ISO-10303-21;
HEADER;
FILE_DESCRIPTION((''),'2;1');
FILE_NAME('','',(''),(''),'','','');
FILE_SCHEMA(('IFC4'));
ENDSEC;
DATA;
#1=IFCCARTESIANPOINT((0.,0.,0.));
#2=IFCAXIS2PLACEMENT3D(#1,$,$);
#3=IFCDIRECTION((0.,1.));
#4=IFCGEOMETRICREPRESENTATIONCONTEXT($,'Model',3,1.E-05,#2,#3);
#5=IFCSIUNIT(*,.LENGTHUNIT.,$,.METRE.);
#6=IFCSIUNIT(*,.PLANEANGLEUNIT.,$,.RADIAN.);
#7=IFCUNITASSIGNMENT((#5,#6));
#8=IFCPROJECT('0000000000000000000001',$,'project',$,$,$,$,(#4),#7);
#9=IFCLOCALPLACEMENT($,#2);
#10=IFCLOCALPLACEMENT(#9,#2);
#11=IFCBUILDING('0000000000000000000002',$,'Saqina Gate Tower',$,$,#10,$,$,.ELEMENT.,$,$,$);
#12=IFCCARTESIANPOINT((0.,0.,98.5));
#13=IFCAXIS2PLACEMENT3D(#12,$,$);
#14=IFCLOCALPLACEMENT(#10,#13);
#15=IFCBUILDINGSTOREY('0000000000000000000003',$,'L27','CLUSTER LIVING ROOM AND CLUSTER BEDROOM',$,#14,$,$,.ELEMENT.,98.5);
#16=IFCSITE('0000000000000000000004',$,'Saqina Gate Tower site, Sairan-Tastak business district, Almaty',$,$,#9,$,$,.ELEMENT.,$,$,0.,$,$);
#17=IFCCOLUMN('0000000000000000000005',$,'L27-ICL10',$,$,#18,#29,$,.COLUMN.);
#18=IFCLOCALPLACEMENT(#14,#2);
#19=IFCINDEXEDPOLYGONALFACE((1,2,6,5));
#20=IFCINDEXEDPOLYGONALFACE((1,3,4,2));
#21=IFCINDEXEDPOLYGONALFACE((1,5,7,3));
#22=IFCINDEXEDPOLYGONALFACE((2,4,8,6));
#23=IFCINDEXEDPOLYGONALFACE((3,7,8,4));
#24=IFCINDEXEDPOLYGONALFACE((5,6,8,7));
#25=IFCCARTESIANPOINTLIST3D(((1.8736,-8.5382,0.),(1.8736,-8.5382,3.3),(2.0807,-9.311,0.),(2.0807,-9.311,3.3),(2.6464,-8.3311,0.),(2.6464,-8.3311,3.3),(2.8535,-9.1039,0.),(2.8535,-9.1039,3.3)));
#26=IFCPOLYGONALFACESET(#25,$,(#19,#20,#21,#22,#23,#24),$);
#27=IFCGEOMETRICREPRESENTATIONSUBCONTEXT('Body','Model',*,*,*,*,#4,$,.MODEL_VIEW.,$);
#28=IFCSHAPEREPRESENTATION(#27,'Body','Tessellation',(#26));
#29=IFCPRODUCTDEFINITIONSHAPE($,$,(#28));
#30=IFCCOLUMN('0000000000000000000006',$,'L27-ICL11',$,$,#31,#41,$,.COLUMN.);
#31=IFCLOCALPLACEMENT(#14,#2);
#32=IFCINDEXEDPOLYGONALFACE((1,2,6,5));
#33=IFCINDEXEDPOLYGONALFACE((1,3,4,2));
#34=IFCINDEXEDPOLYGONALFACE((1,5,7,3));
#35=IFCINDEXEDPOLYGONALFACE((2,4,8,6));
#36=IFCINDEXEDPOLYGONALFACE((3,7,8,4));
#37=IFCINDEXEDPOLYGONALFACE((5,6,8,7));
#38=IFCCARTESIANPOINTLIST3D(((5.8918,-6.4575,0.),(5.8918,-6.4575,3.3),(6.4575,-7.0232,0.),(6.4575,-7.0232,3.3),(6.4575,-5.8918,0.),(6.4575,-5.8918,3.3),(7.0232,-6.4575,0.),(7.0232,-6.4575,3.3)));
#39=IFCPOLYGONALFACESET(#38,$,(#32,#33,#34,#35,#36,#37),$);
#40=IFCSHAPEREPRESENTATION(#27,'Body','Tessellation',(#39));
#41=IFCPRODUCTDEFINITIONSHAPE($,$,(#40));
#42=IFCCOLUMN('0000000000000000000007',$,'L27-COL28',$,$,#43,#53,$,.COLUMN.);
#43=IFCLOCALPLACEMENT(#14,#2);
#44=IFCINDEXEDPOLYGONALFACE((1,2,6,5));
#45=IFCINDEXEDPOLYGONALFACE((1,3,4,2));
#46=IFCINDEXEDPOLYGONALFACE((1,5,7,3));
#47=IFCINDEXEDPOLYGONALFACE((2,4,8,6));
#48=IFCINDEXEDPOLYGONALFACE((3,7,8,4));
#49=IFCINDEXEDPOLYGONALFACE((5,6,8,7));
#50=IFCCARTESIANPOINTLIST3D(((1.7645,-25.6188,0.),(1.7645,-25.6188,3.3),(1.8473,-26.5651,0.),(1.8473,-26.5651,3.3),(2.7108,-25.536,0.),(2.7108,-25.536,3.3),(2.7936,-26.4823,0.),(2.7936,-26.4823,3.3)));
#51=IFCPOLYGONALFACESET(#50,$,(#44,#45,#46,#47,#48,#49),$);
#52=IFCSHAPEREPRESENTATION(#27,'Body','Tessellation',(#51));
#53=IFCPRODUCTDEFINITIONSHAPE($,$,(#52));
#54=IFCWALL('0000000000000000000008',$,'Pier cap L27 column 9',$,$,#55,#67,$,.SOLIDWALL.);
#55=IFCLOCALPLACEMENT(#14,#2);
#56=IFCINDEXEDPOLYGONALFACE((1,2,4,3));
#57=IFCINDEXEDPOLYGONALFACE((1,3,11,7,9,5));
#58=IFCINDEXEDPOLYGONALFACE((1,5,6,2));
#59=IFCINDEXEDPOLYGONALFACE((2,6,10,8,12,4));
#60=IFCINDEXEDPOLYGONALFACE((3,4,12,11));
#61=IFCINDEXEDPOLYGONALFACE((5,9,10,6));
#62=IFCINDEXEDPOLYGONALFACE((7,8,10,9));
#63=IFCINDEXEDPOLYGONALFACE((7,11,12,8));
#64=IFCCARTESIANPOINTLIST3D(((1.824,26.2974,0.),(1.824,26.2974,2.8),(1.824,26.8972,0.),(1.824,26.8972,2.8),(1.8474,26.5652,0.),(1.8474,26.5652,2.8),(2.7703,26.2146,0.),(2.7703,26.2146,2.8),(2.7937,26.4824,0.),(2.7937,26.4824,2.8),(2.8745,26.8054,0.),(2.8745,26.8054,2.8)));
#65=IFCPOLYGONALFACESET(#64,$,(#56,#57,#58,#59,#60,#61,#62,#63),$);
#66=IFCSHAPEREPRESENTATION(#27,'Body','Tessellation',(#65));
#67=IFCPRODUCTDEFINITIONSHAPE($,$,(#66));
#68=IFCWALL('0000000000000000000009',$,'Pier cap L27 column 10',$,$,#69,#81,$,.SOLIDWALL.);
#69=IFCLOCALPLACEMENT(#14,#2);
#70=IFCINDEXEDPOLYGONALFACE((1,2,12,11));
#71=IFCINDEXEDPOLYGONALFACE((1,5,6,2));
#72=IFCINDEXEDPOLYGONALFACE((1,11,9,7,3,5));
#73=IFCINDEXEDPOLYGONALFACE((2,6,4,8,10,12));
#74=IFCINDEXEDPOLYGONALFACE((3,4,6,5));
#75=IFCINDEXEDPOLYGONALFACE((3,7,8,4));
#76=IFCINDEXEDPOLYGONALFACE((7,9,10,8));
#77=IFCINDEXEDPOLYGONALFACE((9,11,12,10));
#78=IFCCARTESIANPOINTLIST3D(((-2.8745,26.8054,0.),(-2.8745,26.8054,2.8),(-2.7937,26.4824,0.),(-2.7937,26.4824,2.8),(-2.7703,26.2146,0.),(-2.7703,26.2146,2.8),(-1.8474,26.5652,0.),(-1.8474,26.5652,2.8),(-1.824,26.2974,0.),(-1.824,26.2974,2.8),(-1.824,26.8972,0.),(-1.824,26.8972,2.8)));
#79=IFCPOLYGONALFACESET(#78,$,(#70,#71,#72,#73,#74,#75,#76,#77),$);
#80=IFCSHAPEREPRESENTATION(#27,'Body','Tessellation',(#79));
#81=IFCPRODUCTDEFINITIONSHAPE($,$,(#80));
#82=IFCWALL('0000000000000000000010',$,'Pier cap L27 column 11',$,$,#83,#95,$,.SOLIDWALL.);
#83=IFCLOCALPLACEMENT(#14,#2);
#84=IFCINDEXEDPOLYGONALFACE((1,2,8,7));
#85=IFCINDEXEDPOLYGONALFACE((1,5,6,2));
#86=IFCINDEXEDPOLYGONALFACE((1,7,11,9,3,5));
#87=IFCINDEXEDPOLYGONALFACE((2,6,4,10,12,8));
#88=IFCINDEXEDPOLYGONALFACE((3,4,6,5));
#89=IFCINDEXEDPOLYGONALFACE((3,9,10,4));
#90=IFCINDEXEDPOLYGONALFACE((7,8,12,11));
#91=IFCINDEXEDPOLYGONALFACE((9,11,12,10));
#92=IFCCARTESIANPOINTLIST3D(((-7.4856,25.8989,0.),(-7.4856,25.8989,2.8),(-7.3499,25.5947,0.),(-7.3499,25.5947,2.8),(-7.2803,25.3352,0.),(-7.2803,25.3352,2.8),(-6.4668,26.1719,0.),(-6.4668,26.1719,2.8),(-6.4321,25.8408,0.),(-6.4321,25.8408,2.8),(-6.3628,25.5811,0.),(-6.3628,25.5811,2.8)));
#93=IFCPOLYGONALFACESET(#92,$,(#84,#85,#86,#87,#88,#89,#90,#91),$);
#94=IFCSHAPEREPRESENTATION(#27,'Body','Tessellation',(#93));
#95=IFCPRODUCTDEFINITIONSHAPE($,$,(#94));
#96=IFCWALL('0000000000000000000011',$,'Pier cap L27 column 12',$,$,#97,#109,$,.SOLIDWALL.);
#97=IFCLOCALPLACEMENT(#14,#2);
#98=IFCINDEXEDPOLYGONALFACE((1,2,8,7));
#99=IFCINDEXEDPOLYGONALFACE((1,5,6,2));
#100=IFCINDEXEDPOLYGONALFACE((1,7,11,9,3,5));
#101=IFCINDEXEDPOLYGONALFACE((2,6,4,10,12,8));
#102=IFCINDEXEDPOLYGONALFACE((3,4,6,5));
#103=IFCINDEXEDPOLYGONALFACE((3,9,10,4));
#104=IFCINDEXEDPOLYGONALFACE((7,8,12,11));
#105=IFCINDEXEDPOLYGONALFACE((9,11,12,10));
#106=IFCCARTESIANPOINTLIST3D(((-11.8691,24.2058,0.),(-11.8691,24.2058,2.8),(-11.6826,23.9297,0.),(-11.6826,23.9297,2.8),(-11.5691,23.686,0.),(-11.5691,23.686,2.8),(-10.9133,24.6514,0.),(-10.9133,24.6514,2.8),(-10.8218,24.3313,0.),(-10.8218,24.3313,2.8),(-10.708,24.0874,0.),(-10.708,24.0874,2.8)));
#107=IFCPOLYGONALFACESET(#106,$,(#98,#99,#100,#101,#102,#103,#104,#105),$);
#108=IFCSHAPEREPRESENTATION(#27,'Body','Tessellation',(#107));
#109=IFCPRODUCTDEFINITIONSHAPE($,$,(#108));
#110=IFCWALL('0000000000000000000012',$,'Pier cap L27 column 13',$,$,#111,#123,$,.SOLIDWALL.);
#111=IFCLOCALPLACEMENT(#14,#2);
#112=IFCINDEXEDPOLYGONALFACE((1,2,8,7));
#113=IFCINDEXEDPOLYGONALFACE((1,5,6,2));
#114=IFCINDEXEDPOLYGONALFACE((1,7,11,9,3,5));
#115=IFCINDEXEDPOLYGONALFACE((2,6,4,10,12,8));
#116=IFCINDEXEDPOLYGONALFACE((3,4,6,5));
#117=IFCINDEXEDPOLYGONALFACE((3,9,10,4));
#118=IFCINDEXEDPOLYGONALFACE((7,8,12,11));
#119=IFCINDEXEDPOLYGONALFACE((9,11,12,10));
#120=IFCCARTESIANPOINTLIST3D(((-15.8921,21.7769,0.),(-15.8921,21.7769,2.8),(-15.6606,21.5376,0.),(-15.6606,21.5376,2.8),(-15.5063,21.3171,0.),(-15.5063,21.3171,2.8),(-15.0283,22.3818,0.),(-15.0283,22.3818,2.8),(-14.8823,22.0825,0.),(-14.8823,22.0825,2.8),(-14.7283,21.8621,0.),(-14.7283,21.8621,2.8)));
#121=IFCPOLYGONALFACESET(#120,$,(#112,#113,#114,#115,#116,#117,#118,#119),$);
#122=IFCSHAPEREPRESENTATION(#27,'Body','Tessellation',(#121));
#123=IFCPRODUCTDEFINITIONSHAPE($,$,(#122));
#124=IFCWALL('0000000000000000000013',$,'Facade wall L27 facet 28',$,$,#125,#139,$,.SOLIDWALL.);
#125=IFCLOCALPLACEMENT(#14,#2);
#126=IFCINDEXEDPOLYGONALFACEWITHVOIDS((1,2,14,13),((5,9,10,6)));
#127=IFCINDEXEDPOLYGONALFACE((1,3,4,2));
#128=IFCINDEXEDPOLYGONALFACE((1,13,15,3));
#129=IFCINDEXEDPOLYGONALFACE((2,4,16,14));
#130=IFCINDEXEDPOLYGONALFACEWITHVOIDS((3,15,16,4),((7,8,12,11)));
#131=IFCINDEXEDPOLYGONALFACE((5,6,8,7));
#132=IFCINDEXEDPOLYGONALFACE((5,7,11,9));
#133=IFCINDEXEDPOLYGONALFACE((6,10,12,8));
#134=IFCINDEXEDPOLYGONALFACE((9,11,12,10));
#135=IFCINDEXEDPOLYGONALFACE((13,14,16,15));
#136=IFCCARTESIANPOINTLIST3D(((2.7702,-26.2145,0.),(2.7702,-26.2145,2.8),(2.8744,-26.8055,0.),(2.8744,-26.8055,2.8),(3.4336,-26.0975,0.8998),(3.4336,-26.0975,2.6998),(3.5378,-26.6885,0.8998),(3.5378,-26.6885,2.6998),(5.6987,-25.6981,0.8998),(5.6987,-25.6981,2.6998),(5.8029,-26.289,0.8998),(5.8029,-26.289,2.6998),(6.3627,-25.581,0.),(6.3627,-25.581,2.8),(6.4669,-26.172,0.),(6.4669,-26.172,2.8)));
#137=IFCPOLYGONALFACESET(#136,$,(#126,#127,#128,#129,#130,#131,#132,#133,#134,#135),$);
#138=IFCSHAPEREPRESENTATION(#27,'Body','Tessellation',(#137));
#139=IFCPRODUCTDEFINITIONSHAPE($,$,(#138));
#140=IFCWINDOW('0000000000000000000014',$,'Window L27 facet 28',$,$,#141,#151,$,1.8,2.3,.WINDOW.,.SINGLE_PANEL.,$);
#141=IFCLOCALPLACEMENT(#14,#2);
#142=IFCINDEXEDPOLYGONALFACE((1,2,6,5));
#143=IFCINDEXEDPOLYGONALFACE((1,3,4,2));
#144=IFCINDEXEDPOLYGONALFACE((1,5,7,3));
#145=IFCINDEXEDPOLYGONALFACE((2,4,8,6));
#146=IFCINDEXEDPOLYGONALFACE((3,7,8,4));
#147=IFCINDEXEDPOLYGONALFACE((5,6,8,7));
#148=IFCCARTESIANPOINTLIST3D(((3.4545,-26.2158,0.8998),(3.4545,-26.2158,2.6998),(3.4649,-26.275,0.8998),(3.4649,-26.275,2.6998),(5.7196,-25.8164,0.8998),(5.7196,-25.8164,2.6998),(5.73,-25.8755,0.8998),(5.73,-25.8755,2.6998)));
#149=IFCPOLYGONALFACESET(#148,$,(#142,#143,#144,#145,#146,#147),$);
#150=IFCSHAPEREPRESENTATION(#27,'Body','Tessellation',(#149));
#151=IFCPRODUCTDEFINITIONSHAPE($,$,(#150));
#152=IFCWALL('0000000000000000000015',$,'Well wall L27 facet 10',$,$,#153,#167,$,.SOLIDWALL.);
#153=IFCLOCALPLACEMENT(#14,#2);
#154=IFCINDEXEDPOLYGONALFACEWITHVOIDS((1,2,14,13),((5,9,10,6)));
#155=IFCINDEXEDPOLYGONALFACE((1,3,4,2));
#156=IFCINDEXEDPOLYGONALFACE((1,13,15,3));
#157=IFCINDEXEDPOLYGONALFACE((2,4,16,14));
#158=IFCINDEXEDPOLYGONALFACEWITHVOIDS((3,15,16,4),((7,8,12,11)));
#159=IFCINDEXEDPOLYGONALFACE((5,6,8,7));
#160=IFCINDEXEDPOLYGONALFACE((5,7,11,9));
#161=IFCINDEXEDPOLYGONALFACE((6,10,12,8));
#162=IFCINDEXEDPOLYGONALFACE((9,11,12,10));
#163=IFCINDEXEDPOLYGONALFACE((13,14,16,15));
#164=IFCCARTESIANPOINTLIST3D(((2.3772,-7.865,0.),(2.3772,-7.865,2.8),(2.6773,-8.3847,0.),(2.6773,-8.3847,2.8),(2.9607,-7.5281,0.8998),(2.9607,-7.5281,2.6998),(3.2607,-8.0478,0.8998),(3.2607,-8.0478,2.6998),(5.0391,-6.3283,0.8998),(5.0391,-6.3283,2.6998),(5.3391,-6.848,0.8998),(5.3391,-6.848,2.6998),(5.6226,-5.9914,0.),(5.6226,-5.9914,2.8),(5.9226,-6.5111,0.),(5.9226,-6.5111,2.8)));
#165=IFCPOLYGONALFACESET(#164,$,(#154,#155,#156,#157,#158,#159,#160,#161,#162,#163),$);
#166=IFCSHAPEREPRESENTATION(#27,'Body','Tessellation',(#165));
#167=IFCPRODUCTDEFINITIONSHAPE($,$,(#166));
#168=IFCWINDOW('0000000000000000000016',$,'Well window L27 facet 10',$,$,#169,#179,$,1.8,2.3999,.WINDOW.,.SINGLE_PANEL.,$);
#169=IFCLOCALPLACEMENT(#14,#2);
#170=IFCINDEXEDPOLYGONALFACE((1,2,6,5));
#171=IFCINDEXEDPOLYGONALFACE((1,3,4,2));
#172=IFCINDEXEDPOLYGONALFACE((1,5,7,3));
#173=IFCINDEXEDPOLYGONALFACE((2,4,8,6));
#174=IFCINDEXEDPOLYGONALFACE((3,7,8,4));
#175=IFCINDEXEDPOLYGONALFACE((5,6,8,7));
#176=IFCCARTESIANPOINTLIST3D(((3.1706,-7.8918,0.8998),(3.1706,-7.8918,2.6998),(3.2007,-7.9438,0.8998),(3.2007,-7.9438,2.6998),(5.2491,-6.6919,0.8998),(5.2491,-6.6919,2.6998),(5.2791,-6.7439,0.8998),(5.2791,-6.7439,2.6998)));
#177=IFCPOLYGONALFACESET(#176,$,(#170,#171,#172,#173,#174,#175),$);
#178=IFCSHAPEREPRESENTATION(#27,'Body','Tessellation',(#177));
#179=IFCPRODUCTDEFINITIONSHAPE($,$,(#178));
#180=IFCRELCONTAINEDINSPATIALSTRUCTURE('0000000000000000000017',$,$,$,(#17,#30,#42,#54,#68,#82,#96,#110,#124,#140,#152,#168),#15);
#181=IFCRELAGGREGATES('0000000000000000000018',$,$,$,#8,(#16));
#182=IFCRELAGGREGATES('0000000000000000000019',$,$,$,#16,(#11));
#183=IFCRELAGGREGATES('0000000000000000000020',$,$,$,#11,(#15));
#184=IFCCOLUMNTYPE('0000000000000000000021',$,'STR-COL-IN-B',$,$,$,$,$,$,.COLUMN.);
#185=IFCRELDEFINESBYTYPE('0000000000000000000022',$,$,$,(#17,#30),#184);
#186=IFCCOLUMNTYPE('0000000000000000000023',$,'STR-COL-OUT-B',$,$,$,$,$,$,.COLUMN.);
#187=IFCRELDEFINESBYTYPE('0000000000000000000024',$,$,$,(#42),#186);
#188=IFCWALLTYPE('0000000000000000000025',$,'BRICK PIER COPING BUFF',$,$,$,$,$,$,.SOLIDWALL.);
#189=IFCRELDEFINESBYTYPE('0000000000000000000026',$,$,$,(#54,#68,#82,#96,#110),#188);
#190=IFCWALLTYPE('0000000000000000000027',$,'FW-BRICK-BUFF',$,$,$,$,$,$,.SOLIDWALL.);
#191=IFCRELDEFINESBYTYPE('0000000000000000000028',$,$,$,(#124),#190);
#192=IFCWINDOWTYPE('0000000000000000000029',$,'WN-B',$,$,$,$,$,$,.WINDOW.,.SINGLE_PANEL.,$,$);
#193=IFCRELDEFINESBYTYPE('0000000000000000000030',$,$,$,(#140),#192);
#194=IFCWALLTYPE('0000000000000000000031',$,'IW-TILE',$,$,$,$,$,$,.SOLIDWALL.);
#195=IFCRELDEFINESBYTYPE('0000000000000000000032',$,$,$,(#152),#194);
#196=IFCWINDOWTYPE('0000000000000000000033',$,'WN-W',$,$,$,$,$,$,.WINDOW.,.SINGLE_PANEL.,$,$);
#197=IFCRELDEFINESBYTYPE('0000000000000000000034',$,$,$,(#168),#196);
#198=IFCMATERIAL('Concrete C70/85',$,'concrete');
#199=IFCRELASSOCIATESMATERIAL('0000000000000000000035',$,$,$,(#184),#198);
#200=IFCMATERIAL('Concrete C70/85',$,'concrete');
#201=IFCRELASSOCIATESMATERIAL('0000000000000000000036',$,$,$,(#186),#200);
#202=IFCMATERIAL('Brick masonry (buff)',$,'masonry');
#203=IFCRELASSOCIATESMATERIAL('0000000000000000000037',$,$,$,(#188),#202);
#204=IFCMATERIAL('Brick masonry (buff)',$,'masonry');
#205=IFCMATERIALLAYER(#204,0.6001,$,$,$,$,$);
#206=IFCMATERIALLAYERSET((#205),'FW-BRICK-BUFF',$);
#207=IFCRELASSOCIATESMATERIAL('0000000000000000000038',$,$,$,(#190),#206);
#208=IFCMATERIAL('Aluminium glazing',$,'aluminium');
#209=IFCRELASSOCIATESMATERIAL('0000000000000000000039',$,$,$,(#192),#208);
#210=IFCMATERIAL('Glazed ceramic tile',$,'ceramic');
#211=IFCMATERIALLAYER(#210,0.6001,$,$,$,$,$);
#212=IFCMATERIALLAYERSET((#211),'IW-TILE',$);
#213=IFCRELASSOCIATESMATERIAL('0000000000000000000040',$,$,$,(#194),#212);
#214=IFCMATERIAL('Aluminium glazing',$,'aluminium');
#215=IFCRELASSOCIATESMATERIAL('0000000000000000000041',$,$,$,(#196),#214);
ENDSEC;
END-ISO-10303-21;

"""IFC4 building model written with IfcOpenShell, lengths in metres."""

from ifc_helpers import new_model, si_unit, direction, frame, frame_2d, origin, origin_2d, place, context, subcontext, project, spatial, polyline, rectangle, outline, extrude, material, layer, layer_set, material_profile, profile_set, type_object, element, fill, save


model = new_model("IFC4")

# Units and contexts
model_context = context("Model", 3, precision=1e-05, world=origin(), true_north=direction((0.0, 1.0)))
body_context = subcontext(model_context, "Body", "Model", "MODEL_VIEW")
ifc_project = project(units=[si_unit("LENGTHUNIT", "METRE"), si_unit("PLANEANGLEUNIT", "RADIAN")], contexts=[model_context])

# Site, building, storey
site_placement = place(None, origin())
site = spatial("IfcSite", under=ifc_project, at=site_placement, Name="Saqina Gate Tower site, Sairan-Tastak business district, Almaty", CompositionType="ELEMENT", RefElevation=0.0)
building_placement = place(site_placement, origin())
building = spatial("IfcBuilding", under=site, at=building_placement, Name="Saqina Gate Tower", CompositionType="ELEMENT")
storey_placement = place(building_placement, frame((0.0, 0.0, 98.5)))
storey = spatial("IfcBuildingStorey", under=building, at=storey_placement, Name="L27", Description="CLUSTER LIVING ROOM AND CLUSTER BEDROOM", CompositionType="ELEMENT", Elevation=98.5)

# Columns
ifc_material_1 = material(Name="Concrete C70/85", Category="concrete")
ifc_material_profile_1 = material_profile(ifc_material_1, rectangle(XDim=0.8, YDim=0.8, at=origin_2d()), Name="RC 800x800")
ifc_profile_set_1 = profile_set([ifc_material_profile_1], Name="Concrete C70/85")
column_type_1 = type_object("IfcColumnType", Name="STR-COL-IN-B", PredefinedType="COLUMN", material=ifc_profile_set_1)
for number, where, z_axis, x_axis, name in (
    (1, (2.3635, -8.821, 0.0), (0.0, 0.0, 1.0), (0.258819, -0.965926, 0.0), "L27-ICL10"),
    (2, (6.4575, -6.4575, 0.0), (0.0, 0.0, 1.0), (0.707107, -0.707107, 0.0), "L27-ICL11"),
):
    element("IfcColumn", number, at=place(storey_placement, frame(where, z_axis=z_axis, x_axis=x_axis)), inside=storey, type_object=column_type_1, Name=name, PredefinedType="COLUMN", context=body_context, shape_type="SweptSolid", body=[
        extrude(rectangle(XDim=0.8, YDim=0.8, at=origin_2d()), origin(), (0.0, 0.0, 1.0), 3.3),
    ])
ifc_material_2 = material(Name="Concrete C70/85", Category="concrete")
ifc_material_profile_2 = material_profile(ifc_material_2, rectangle(XDim=0.95, YDim=0.95, at=origin_2d()), Name="RC 950x950")
ifc_profile_set_2 = profile_set([ifc_material_profile_2], Name="Concrete C70/85")
column_type_2 = type_object("IfcColumnType", Name="STR-COL-OUT-B", PredefinedType="COLUMN", material=ifc_profile_set_2)
column_placement = place(storey_placement, frame((2.2791, -26.0505, 0.0), z_axis=(0.0, 0.0, 1.0), x_axis=(0.087156, -0.996195, 0.0)))
element("IfcColumn", 3, at=column_placement, inside=storey, type_object=column_type_2, Name="L27-COL28", PredefinedType="COLUMN", context=body_context, shape_type="SweptSolid", body=[
    extrude(rectangle(XDim=0.95, YDim=0.95, at=origin_2d()), origin(), (0.0, 0.0, 1.0), 3.3),
])

# Walls
ifc_material_3 = material(Name="Brick masonry (buff)", Category="masonry")
wall_type_1 = type_object("IfcWallType", Name="BRICK PIER COPING BUFF", PredefinedType="SOLIDWALL", material=ifc_material_3)
wall_1_placement = place(storey_placement, origin())
element("IfcWall", 4, at=wall_1_placement, inside=storey, type_object=wall_type_1, Name="Pier cap L27 column 9", PredefinedType="SOLIDWALL", context=body_context, shape_type="SweptSolid", body=[
    extrude(outline(polyline([(2.8745, 26.8054), (1.824, 26.8972), (1.824, 26.2974), (1.8474, 26.5652), (2.7937, 26.4824), (2.7703, 26.2146), (2.8745, 26.8054)])), origin(), (0.0, 0.0, 1.0), 2.8),
])
wall_2_placement = place(storey_placement, origin())
element("IfcWall", 5, at=wall_2_placement, inside=storey, type_object=wall_type_1, Name="Pier cap L27 column 10", PredefinedType="SOLIDWALL", context=body_context, shape_type="SweptSolid", body=[
    extrude(outline(polyline([(-2.8745, 26.8054), (-2.7703, 26.2146), (-2.7937, 26.4824), (-1.8474, 26.5652), (-1.824, 26.2974), (-1.824, 26.8972), (-2.8745, 26.8054)])), origin(), (0.0, 0.0, 1.0), 2.8),
])
wall_3_placement = place(storey_placement, origin())
element("IfcWall", 6, at=wall_3_placement, inside=storey, type_object=wall_type_1, Name="Pier cap L27 column 11", PredefinedType="SOLIDWALL", context=body_context, shape_type="SweptSolid", body=[
    extrude(outline(polyline([(-6.4668, 26.1719), (-7.4856, 25.8989), (-7.2803, 25.3352), (-7.3499, 25.5947), (-6.4321, 25.8408), (-6.3628, 25.5811), (-6.4668, 26.1719)])), origin(), (0.0, 0.0, 1.0), 2.8),
])
wall_4_placement = place(storey_placement, origin())
element("IfcWall", 7, at=wall_4_placement, inside=storey, type_object=wall_type_1, Name="Pier cap L27 column 12", PredefinedType="SOLIDWALL", context=body_context, shape_type="SweptSolid", body=[
    extrude(outline(polyline([(-10.9133, 24.6514), (-11.8691, 24.2058), (-11.5691, 23.686), (-11.6826, 23.9297), (-10.8218, 24.3313), (-10.708, 24.0874), (-10.9133, 24.6514)])), origin(), (0.0, 0.0, 1.0), 2.8),
])
wall_5_placement = place(storey_placement, origin())
element("IfcWall", 8, at=wall_5_placement, inside=storey, type_object=wall_type_1, Name="Pier cap L27 column 13", PredefinedType="SOLIDWALL", context=body_context, shape_type="SweptSolid", body=[
    extrude(outline(polyline([(-15.8921, 21.7769), (-15.5063, 21.3171), (-15.6606, 21.5376), (-14.8823, 22.0825), (-14.7283, 21.8621), (-15.0283, 22.3818), (-15.8921, 21.7769)])), origin(), (0.0, 0.0, 1.0), 2.8),
])

# Walls, openings, windows
ifc_material_4 = material(Name="Brick masonry (buff)", Category="masonry")
ifc_layer_1 = layer(ifc_material_4, 0.6001)
ifc_layer_set_1 = layer_set([ifc_layer_1], Name="FW-BRICK-BUFF")
wall_type_2 = type_object("IfcWallType", Name="FW-BRICK-BUFF", PredefinedType="SOLIDWALL", material=ifc_layer_set_1)
wall_6_placement = place(storey_placement, frame((2.8223, -26.51, 0.0), z_axis=(0.0, 0.0, 1.0), x_axis=(0.984804, 0.173671, 0.0)))
wall_6 = element("IfcWall", 9, at=wall_6_placement, inside=storey, type_object=wall_type_2, Name="Facade wall L27 facet 28", PredefinedType="SOLIDWALL", context=body_context, shape_type="SweptSolid", body=[
    extrude(rectangle(XDim=3.6479, YDim=0.6001, at=frame_2d((1.824, 0.0))), origin(), (0.0, 0.0, 1.0), 2.8),
])
opening_1_placement = place(wall_6_placement, frame((0.6738, 0.0, 0.8999)))
opening_1 = element("IfcOpeningElement", 10, at=opening_1_placement, cuts=wall_6, PredefinedType="OPENING", context=body_context, shape_type="SweptSolid", body=[
    extrude(rectangle(XDim=2.3, YDim=1.8, at=frame_2d((1.1499, 0.8999))), frame((0.0, 0.312, 0.0), z_axis=(0.0, -1.0, 0.0), x_axis=(1.0, 0.0, 0.0)), (0.0, 0.0, 1.0), 0.624),
])
ifc_material_5 = material(Name="Aluminium glazing", Category="aluminium")
window_type_1 = type_object("IfcWindowType", Name="WN-B", PartitioningType="SINGLE_PANEL", PredefinedType="WINDOW", material=ifc_material_5)
window_1_placement = place(opening_1_placement, origin())
window_1 = element("IfcWindow", 11, at=window_1_placement, inside=storey, type_object=window_type_1, Name="Window L27 facet 28", OverallHeight=1.8, OverallWidth=2.3, PartitioningType="SINGLE_PANEL", PredefinedType="WINDOW", context=body_context, shape_type="SweptSolid", body=[
    extrude(rectangle(XDim=2.3, YDim=1.8, at=frame_2d((1.1499, 0.8999))), frame((0.0, 0.1799, 0.0), z_axis=(0.0, -1.0, 0.0), x_axis=(1.0, 0.0, 0.0)), (0.0, 0.0, 1.0), 0.0601),
])
fill(opening_1, window_1)
ifc_material_6 = material(Name="Glazed ceramic tile", Category="ceramic")
ifc_layer_2 = layer(ifc_material_6, 0.6001)
ifc_layer_set_2 = layer_set([ifc_layer_2], Name="IW-TILE")
wall_type_3 = type_object("IfcWallType", Name="IW-TILE", PredefinedType="SOLIDWALL", material=ifc_layer_set_2)
wall_7_placement = place(storey_placement, frame((2.5273, -8.1248, 0.0), z_axis=(0.0, 0.0, 1.0), x_axis=(0.866046, 0.499965, 0.0)))
wall_7 = element("IfcWall", 12, at=wall_7_placement, inside=storey, type_object=wall_type_3, Name="Well wall L27 facet 10", PredefinedType="SOLIDWALL", context=body_context, shape_type="SweptSolid", body=[
    extrude(rectangle(XDim=3.7473, YDim=0.6001, at=frame_2d((1.8735, 0.0))), origin(), (0.0, 0.0, 1.0), 2.8),
])
opening_2_placement = place(wall_7_placement, frame((0.6736, 0.0, 0.8999)))
opening_2 = element("IfcOpeningElement", 13, at=opening_2_placement, cuts=wall_7, PredefinedType="OPENING", context=body_context, shape_type="SweptSolid", body=[
    extrude(rectangle(XDim=2.3999, YDim=1.8, at=frame_2d((1.2, 0.8999))), frame((0.0, 0.312, 0.0), z_axis=(0.0, -1.0, 0.0), x_axis=(1.0, 0.0, 0.0)), (0.0, 0.0, 1.0), 0.624),
])
ifc_material_7 = material(Name="Aluminium glazing", Category="aluminium")
window_type_2 = type_object("IfcWindowType", Name="WN-W", PartitioningType="SINGLE_PANEL", PredefinedType="WINDOW", material=ifc_material_7)
window_2_placement = place(opening_2_placement, origin())
window_2 = element("IfcWindow", 14, at=window_2_placement, inside=storey, type_object=window_type_2, Name="Well window L27 facet 10", OverallHeight=1.8, OverallWidth=2.3999, PartitioningType="SINGLE_PANEL", PredefinedType="WINDOW", context=body_context, shape_type="SweptSolid", body=[
    extrude(rectangle(XDim=2.3999, YDim=1.8, at=frame_2d((1.2, 0.8999))), frame((0.0, -0.1199, 0.0), z_axis=(0.0, -1.0, 0.0), x_axis=(1.0, 0.0, 0.0)), (0.0, 0.0, 1.0), 0.0601),
])
fill(opening_2, window_2)

save(model, "model.ifc")
